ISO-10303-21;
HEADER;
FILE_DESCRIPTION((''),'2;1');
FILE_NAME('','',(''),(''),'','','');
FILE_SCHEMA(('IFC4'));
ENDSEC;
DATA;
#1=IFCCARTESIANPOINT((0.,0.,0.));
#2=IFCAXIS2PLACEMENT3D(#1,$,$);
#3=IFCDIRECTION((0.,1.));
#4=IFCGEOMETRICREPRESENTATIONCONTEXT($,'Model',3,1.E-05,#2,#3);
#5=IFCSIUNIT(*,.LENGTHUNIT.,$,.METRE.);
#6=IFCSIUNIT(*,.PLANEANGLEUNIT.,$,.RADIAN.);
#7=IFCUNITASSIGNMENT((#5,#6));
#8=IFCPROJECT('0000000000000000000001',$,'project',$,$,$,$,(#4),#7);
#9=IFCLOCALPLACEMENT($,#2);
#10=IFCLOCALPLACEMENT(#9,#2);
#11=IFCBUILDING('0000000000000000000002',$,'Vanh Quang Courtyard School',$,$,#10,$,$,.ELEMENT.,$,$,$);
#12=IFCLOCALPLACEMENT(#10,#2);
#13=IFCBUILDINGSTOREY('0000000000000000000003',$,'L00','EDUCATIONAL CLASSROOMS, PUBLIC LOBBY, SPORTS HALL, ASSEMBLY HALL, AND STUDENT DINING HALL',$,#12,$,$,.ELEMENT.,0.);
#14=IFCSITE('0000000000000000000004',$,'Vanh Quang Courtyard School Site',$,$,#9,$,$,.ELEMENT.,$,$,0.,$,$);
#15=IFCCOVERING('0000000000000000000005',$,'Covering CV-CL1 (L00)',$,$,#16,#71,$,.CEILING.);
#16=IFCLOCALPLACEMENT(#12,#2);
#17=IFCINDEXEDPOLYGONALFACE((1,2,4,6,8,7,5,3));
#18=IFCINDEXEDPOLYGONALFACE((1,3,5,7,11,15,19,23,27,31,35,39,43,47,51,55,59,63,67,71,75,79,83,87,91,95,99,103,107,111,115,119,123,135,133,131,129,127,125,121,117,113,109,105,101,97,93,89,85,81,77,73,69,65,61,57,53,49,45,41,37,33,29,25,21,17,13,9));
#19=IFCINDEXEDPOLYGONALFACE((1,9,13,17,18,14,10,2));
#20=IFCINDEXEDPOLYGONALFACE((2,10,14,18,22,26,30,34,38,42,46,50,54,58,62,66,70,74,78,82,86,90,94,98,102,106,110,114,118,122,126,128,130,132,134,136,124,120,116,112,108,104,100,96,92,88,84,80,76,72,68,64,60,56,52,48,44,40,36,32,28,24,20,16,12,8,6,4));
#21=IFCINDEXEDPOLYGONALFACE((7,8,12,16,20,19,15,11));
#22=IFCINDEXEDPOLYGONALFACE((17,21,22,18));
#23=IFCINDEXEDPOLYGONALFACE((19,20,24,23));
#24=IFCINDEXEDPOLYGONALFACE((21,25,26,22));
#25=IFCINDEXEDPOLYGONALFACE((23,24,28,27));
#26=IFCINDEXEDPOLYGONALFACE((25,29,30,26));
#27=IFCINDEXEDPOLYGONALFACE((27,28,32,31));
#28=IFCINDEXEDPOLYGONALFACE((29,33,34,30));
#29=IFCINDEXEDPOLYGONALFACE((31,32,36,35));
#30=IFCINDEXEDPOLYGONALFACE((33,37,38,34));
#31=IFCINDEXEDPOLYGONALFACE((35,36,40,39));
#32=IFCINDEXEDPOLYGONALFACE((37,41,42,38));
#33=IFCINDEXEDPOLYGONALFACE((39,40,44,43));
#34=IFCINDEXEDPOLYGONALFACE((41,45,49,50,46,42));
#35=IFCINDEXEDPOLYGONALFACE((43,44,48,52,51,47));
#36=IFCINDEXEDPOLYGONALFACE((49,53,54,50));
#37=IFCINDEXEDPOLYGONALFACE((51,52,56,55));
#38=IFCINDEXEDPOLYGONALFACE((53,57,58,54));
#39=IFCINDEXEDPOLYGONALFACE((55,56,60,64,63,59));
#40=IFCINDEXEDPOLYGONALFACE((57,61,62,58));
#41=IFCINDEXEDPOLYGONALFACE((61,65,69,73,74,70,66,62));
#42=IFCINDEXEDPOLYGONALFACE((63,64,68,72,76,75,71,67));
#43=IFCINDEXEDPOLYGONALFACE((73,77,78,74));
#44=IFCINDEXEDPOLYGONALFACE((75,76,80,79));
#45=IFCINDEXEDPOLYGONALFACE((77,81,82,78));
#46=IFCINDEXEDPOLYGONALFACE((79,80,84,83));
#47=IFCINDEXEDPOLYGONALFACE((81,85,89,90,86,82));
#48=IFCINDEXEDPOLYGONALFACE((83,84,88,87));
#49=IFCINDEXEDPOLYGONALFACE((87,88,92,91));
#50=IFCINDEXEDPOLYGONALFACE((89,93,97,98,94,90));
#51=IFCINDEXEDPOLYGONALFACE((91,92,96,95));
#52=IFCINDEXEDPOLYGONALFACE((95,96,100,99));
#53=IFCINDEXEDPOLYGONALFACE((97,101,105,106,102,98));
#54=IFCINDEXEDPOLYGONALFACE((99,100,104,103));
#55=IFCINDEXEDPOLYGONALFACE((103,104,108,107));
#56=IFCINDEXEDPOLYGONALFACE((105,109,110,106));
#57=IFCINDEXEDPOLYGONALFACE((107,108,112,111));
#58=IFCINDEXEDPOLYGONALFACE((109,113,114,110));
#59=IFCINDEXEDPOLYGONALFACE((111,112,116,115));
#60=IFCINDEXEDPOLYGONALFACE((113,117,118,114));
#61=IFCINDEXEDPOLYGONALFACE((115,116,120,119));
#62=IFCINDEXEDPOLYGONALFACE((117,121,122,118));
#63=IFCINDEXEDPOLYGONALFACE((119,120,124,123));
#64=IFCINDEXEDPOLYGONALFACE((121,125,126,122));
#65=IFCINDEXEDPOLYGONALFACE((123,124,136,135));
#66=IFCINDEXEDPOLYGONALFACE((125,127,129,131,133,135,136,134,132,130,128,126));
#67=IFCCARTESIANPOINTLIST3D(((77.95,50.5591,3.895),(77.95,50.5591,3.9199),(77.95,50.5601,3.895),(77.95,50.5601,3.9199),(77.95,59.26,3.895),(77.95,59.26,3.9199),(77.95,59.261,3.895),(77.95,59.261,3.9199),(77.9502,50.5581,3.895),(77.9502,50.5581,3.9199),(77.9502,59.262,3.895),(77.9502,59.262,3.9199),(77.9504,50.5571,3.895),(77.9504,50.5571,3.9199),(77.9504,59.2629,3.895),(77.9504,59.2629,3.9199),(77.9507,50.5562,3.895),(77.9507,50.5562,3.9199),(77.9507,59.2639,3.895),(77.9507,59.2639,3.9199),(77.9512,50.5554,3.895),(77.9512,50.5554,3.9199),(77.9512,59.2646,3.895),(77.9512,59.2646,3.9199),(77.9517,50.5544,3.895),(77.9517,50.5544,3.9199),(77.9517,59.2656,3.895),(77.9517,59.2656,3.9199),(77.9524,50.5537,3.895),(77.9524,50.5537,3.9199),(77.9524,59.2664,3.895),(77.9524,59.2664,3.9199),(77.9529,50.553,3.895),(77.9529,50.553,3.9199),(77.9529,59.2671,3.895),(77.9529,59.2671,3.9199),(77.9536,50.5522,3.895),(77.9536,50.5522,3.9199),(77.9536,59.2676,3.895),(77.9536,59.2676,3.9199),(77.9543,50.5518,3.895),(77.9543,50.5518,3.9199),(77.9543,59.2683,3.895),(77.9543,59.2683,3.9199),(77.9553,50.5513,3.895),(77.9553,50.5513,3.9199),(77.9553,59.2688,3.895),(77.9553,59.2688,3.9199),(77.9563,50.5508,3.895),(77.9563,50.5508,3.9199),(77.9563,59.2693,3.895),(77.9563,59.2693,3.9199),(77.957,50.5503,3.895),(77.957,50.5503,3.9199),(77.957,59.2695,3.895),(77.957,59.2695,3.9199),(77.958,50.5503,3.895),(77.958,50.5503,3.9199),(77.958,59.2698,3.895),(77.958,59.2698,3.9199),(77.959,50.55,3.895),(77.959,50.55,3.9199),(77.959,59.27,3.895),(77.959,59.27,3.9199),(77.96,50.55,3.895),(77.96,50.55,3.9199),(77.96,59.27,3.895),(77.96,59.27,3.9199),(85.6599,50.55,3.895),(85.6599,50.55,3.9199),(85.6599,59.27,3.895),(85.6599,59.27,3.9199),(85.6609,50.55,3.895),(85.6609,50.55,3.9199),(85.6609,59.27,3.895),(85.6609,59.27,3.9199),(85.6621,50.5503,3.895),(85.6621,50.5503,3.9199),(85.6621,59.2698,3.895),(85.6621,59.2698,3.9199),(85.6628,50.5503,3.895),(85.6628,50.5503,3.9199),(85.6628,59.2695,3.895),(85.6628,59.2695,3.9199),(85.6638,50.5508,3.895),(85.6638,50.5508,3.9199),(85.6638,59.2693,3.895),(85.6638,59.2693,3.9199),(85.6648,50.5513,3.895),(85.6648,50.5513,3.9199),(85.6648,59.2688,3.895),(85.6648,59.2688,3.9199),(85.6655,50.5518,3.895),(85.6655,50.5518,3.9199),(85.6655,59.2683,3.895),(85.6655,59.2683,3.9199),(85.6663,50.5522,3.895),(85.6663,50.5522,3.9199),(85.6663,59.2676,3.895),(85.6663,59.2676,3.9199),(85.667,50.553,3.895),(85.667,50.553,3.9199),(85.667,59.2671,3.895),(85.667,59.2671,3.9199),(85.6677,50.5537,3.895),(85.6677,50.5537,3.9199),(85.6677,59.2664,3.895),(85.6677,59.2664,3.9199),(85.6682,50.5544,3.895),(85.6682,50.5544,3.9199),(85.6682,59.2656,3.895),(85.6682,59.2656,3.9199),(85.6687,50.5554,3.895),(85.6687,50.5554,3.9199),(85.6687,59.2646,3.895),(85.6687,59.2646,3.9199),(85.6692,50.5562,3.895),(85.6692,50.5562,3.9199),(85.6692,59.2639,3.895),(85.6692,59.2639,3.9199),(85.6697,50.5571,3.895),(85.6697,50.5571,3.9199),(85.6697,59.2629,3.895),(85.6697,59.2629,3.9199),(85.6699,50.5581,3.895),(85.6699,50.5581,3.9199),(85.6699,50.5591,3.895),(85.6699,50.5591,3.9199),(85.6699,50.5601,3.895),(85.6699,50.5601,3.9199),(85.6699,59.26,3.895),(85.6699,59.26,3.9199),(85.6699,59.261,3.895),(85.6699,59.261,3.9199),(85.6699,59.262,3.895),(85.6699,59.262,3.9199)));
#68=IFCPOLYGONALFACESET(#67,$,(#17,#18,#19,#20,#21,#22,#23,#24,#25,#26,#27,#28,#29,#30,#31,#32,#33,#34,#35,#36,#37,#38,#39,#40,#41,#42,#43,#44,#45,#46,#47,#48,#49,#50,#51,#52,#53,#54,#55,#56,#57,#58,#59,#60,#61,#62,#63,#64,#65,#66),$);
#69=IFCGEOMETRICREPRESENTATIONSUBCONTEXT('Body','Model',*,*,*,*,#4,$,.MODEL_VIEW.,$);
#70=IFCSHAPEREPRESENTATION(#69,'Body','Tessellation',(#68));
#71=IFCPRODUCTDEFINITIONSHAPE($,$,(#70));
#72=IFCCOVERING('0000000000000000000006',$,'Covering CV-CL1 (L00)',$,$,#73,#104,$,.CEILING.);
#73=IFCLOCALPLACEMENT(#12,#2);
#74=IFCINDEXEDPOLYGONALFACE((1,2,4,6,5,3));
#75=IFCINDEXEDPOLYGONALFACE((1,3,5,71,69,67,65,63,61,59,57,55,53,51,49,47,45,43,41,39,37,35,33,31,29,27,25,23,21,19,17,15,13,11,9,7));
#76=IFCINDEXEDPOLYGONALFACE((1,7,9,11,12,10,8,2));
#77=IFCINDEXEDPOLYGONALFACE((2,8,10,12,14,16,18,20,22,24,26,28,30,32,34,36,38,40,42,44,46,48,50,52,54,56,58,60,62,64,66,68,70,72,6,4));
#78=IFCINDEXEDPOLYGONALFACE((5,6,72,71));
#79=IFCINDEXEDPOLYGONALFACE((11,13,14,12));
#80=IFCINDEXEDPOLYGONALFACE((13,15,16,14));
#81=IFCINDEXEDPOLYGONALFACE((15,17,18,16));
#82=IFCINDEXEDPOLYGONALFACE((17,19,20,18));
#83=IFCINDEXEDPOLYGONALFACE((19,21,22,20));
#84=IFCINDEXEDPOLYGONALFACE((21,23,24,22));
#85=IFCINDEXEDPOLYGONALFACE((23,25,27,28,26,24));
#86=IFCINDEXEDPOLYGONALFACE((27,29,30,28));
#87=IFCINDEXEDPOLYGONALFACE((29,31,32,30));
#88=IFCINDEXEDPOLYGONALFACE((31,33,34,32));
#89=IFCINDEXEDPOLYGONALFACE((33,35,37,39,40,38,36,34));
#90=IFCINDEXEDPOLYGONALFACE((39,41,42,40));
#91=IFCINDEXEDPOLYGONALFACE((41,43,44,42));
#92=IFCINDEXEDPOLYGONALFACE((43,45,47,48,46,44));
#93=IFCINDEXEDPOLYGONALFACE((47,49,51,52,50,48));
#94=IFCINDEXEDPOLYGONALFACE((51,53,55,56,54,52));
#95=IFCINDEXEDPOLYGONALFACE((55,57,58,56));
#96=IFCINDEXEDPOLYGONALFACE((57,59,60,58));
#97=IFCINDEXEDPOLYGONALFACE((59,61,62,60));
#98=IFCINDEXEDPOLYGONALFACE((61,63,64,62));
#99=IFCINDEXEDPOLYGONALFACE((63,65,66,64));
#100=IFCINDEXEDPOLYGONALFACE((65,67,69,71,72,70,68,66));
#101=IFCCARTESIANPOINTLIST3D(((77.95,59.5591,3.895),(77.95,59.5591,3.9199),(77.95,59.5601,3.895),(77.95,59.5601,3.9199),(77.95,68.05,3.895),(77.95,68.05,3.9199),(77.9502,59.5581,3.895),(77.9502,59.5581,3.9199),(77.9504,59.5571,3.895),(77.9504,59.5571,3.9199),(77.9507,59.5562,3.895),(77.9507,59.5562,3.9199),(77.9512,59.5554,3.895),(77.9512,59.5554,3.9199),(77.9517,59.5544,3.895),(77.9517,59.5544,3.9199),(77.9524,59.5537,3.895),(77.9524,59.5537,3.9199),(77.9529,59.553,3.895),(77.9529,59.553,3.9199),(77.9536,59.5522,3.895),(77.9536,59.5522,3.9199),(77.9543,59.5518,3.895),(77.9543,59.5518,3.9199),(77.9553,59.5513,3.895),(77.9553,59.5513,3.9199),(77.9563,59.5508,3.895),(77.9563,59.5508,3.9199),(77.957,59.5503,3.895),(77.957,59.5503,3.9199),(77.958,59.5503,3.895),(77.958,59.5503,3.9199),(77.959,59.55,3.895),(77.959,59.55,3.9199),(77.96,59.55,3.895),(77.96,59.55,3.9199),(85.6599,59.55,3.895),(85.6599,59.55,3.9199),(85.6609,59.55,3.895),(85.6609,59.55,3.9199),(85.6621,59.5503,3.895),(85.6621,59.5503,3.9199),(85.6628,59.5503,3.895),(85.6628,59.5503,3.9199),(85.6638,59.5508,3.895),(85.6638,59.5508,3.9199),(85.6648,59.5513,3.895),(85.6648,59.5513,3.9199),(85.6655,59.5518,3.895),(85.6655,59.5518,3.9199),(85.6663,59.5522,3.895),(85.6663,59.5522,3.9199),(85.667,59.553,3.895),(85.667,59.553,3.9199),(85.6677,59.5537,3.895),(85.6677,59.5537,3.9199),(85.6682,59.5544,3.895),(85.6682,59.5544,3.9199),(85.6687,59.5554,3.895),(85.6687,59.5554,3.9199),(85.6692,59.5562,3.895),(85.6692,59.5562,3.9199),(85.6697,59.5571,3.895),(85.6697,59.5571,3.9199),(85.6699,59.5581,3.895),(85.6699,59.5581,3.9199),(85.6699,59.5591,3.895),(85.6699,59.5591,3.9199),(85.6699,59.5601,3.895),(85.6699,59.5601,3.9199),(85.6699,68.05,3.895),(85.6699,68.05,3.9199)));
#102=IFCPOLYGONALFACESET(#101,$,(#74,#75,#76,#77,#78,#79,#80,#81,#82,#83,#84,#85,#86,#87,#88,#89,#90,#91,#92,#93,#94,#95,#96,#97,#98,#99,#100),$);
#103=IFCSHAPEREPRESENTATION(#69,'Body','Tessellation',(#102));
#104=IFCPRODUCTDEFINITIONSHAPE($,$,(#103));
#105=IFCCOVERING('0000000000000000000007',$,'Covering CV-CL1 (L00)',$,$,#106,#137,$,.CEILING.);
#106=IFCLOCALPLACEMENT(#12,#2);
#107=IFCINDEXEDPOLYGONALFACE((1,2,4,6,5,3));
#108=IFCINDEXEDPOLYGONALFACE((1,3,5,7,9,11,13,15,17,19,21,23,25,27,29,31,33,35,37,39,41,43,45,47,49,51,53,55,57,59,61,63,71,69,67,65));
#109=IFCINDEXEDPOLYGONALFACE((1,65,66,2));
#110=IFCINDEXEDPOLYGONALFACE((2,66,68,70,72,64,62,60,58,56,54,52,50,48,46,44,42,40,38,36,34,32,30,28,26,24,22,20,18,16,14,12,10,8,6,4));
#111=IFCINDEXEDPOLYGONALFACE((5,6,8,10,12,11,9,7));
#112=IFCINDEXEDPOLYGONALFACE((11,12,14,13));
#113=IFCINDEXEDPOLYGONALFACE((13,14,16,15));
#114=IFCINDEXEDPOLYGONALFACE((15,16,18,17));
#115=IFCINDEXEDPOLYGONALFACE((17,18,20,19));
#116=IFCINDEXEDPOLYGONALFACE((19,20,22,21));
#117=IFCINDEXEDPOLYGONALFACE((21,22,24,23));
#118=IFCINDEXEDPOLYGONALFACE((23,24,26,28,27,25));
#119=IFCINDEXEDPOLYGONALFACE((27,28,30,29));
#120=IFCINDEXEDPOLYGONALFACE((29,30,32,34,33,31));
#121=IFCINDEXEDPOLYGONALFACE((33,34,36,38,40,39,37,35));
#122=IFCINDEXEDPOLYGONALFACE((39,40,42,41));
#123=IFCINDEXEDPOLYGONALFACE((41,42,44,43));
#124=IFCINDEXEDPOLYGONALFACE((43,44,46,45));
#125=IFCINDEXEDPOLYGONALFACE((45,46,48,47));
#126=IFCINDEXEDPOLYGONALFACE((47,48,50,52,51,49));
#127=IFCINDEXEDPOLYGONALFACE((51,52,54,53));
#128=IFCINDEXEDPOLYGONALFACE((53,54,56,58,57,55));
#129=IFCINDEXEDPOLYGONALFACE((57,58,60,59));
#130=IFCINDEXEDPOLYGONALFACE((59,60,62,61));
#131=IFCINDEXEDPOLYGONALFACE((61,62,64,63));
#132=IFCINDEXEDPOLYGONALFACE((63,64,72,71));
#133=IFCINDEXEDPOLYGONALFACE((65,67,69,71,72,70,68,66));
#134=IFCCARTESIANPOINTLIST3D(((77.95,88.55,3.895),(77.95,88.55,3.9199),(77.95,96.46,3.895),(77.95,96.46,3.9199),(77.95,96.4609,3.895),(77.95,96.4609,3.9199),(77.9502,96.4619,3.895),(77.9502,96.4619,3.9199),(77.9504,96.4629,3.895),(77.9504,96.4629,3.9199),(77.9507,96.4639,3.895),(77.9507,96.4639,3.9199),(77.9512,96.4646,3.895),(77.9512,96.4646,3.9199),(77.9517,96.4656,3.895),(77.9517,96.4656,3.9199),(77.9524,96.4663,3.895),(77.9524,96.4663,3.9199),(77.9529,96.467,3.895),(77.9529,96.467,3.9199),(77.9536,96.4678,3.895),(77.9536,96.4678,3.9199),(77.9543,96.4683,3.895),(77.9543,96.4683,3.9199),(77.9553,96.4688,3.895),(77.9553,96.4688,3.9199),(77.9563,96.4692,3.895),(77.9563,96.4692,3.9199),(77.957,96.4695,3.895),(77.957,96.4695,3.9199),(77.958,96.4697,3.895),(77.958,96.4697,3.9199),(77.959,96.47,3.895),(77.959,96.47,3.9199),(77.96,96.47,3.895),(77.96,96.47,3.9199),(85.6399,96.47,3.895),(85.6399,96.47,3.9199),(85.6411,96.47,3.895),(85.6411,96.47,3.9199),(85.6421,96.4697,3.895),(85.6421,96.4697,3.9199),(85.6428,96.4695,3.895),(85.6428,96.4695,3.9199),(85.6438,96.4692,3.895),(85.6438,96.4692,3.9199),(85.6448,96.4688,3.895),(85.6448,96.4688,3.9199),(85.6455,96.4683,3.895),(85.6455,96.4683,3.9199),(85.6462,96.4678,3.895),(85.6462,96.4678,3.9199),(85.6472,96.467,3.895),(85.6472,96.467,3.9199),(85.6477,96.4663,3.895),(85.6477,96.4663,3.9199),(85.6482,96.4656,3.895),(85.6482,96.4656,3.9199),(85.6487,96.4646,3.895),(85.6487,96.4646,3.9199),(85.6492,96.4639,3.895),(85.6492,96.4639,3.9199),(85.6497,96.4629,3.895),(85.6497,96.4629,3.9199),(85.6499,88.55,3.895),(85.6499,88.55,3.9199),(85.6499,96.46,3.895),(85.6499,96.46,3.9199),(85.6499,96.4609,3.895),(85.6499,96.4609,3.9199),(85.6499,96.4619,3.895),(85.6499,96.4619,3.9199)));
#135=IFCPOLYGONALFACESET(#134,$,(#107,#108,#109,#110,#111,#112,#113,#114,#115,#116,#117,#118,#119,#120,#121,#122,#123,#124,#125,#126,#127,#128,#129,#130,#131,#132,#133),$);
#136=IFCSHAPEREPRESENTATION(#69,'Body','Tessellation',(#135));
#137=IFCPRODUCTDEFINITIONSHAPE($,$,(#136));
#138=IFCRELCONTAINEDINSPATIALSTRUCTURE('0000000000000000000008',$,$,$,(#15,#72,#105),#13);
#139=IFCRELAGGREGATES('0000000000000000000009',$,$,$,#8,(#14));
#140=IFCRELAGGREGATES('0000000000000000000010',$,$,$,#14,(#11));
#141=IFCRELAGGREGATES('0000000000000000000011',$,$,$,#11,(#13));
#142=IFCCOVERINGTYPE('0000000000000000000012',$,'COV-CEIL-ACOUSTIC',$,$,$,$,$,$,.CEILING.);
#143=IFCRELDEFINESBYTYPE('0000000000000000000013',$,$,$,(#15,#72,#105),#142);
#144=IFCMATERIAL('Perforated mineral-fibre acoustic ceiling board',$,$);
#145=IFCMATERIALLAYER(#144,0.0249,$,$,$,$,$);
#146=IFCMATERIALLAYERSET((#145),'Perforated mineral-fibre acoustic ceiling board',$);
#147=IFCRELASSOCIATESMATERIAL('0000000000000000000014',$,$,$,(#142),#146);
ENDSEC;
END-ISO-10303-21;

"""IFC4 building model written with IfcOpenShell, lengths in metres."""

from ifc_helpers import new_model, si_unit, direction, frame, origin, place, context, subcontext, project, spatial, polyline, outline, extrude, material, layer, layer_set, type_object, element, save


model = new_model("IFC4")

# Units and contexts
model_context = context("Model", 3, precision=1e-05, world=origin(), true_north=direction((0.0, 1.0)))
body_context = subcontext(model_context, "Body", "Model", "MODEL_VIEW")
ifc_project = project(units=[si_unit("LENGTHUNIT", "METRE"), si_unit("PLANEANGLEUNIT", "RADIAN")], contexts=[model_context])

# Site, building, storey
site_placement = place(None, origin())
site = spatial("IfcSite", under=ifc_project, at=site_placement, Name="Vanh Quang Courtyard School Site", CompositionType="ELEMENT", RefElevation=0.0)
building_placement = place(site_placement, origin())
building = spatial("IfcBuilding", under=site, at=building_placement, Name="Vanh Quang Courtyard School", CompositionType="ELEMENT")
storey_placement = place(building_placement, origin())
storey = spatial("IfcBuildingStorey", under=building, at=storey_placement, Name="L00", Description="EDUCATIONAL CLASSROOMS, PUBLIC LOBBY, SPORTS HALL, ASSEMBLY HALL, AND STUDENT DINING HALL", CompositionType="ELEMENT", Elevation=0.0)

# Coverings
ifc_material_1 = material(Name="Perforated mineral-fibre acoustic ceiling board")
ifc_layer_1 = layer(ifc_material_1, 0.0249)
ifc_layer_set_1 = layer_set([ifc_layer_1], Name="Perforated mineral-fibre acoustic ceiling board")
covering_type = type_object("IfcCoveringType", Name="COV-CEIL-ACOUSTIC", PredefinedType="CEILING", material=ifc_layer_set_1)
covering_1_placement = place(storey_placement, frame((0.0, 0.0, 3.895)))
element("IfcCovering", 1, at=covering_1_placement, inside=storey, type_object=covering_type, Name="Covering CV-CL1 (L00)", PredefinedType="CEILING", context=body_context, shape_type="SweptSolid", body=[
    extrude(outline(polyline([(77.96, 50.55), (77.959, 50.55), (77.958, 50.5503), (77.957, 50.5503), (77.9563, 50.5508), (77.9553, 50.5513), (77.9543, 50.5518), (77.9536, 50.5522), (77.9529, 50.553), (77.9524, 50.5537), (77.9517, 50.5544), (77.9512, 50.5554), (77.9507, 50.5562), (77.9504, 50.5571), (77.9502, 50.5581), (77.95, 50.5591), (77.95, 50.5601), (77.95, 59.26), (77.95, 59.261), (77.9502, 59.262), (77.9504, 59.2629), (77.9507, 59.2639), (77.9512, 59.2646), (77.9517, 59.2656), (77.9524, 59.2664), (77.9529, 59.2671), (77.9536, 59.2676), (77.9543, 59.2683), (77.9553, 59.2688), (77.9563, 59.2693), (77.957, 59.2695), (77.958, 59.2698), (77.959, 59.27), (77.96, 59.27), (85.6599, 59.27), (85.6609, 59.27), (85.6621, 59.2698), (85.6628, 59.2695), (85.6638, 59.2693), (85.6648, 59.2688), (85.6655, 59.2683), (85.6663, 59.2676), (85.667, 59.2671), (85.6677, 59.2664), (85.6682, 59.2656), (85.6687, 59.2646), (85.6692, 59.2639), (85.6697, 59.2629), (85.6699, 59.262), (85.6699, 59.261), (85.6699, 59.26), (85.6699, 50.5601), (85.6699, 50.5591), (85.6699, 50.5581), (85.6697, 50.5571), (85.6692, 50.5562), (85.6687, 50.5554), (85.6682, 50.5544), (85.6677, 50.5537), (85.667, 50.553), (85.6663, 50.5522), (85.6655, 50.5518), (85.6648, 50.5513), (85.6638, 50.5508), (85.6628, 50.5503), (85.6621, 50.5503), (85.6609, 50.55), (85.6599, 50.55), (77.96, 50.55)])), origin(), (0.0, 0.0, 1.0), 0.0249),
])
covering_2_placement = place(storey_placement, frame((0.0, 0.0, 3.895)))
element("IfcCovering", 2, at=covering_2_placement, inside=storey, type_object=covering_type, Name="Covering CV-CL1 (L00)", PredefinedType="CEILING", context=body_context, shape_type="SweptSolid", body=[
    extrude(outline(polyline([(77.96, 59.55), (77.959, 59.55), (77.958, 59.5503), (77.957, 59.5503), (77.9563, 59.5508), (77.9553, 59.5513), (77.9543, 59.5518), (77.9536, 59.5522), (77.9529, 59.553), (77.9524, 59.5537), (77.9517, 59.5544), (77.9512, 59.5554), (77.9507, 59.5562), (77.9504, 59.5571), (77.9502, 59.5581), (77.95, 59.5591), (77.95, 59.5601), (77.95, 68.05), (85.6699, 68.05), (85.6699, 59.5601), (85.6699, 59.5591), (85.6699, 59.5581), (85.6697, 59.5571), (85.6692, 59.5562), (85.6687, 59.5554), (85.6682, 59.5544), (85.6677, 59.5537), (85.667, 59.553), (85.6663, 59.5522), (85.6655, 59.5518), (85.6648, 59.5513), (85.6638, 59.5508), (85.6628, 59.5503), (85.6621, 59.5503), (85.6609, 59.55), (85.6599, 59.55), (77.96, 59.55)])), origin(), (0.0, 0.0, 1.0), 0.0249),
])
covering_3_placement = place(storey_placement, frame((0.0, 0.0, 3.895)))
element("IfcCovering", 3, at=covering_3_placement, inside=storey, type_object=covering_type, Name="Covering CV-CL1 (L00)", PredefinedType="CEILING", context=body_context, shape_type="SweptSolid", body=[
    extrude(outline(polyline([(77.95, 96.46), (77.95, 96.4609), (77.9502, 96.4619), (77.9504, 96.4629), (77.9507, 96.4639), (77.9512, 96.4646), (77.9517, 96.4656), (77.9524, 96.4663), (77.9529, 96.467), (77.9536, 96.4678), (77.9543, 96.4683), (77.9553, 96.4688), (77.9563, 96.4692), (77.957, 96.4695), (77.958, 96.4697), (77.959, 96.47), (77.96, 96.47), (85.6399, 96.47), (85.6411, 96.47), (85.6421, 96.4697), (85.6428, 96.4695), (85.6438, 96.4692), (85.6448, 96.4688), (85.6455, 96.4683), (85.6462, 96.4678), (85.6472, 96.467), (85.6477, 96.4663), (85.6482, 96.4656), (85.6487, 96.4646), (85.6492, 96.4639), (85.6497, 96.4629), (85.6499, 96.4619), (85.6499, 96.4609), (85.6499, 96.46), (85.6499, 88.55), (77.95, 88.55), (77.95, 96.46)])), origin(), (0.0, 0.0, 1.0), 0.0249),
])

save(model, "model.ifc")
